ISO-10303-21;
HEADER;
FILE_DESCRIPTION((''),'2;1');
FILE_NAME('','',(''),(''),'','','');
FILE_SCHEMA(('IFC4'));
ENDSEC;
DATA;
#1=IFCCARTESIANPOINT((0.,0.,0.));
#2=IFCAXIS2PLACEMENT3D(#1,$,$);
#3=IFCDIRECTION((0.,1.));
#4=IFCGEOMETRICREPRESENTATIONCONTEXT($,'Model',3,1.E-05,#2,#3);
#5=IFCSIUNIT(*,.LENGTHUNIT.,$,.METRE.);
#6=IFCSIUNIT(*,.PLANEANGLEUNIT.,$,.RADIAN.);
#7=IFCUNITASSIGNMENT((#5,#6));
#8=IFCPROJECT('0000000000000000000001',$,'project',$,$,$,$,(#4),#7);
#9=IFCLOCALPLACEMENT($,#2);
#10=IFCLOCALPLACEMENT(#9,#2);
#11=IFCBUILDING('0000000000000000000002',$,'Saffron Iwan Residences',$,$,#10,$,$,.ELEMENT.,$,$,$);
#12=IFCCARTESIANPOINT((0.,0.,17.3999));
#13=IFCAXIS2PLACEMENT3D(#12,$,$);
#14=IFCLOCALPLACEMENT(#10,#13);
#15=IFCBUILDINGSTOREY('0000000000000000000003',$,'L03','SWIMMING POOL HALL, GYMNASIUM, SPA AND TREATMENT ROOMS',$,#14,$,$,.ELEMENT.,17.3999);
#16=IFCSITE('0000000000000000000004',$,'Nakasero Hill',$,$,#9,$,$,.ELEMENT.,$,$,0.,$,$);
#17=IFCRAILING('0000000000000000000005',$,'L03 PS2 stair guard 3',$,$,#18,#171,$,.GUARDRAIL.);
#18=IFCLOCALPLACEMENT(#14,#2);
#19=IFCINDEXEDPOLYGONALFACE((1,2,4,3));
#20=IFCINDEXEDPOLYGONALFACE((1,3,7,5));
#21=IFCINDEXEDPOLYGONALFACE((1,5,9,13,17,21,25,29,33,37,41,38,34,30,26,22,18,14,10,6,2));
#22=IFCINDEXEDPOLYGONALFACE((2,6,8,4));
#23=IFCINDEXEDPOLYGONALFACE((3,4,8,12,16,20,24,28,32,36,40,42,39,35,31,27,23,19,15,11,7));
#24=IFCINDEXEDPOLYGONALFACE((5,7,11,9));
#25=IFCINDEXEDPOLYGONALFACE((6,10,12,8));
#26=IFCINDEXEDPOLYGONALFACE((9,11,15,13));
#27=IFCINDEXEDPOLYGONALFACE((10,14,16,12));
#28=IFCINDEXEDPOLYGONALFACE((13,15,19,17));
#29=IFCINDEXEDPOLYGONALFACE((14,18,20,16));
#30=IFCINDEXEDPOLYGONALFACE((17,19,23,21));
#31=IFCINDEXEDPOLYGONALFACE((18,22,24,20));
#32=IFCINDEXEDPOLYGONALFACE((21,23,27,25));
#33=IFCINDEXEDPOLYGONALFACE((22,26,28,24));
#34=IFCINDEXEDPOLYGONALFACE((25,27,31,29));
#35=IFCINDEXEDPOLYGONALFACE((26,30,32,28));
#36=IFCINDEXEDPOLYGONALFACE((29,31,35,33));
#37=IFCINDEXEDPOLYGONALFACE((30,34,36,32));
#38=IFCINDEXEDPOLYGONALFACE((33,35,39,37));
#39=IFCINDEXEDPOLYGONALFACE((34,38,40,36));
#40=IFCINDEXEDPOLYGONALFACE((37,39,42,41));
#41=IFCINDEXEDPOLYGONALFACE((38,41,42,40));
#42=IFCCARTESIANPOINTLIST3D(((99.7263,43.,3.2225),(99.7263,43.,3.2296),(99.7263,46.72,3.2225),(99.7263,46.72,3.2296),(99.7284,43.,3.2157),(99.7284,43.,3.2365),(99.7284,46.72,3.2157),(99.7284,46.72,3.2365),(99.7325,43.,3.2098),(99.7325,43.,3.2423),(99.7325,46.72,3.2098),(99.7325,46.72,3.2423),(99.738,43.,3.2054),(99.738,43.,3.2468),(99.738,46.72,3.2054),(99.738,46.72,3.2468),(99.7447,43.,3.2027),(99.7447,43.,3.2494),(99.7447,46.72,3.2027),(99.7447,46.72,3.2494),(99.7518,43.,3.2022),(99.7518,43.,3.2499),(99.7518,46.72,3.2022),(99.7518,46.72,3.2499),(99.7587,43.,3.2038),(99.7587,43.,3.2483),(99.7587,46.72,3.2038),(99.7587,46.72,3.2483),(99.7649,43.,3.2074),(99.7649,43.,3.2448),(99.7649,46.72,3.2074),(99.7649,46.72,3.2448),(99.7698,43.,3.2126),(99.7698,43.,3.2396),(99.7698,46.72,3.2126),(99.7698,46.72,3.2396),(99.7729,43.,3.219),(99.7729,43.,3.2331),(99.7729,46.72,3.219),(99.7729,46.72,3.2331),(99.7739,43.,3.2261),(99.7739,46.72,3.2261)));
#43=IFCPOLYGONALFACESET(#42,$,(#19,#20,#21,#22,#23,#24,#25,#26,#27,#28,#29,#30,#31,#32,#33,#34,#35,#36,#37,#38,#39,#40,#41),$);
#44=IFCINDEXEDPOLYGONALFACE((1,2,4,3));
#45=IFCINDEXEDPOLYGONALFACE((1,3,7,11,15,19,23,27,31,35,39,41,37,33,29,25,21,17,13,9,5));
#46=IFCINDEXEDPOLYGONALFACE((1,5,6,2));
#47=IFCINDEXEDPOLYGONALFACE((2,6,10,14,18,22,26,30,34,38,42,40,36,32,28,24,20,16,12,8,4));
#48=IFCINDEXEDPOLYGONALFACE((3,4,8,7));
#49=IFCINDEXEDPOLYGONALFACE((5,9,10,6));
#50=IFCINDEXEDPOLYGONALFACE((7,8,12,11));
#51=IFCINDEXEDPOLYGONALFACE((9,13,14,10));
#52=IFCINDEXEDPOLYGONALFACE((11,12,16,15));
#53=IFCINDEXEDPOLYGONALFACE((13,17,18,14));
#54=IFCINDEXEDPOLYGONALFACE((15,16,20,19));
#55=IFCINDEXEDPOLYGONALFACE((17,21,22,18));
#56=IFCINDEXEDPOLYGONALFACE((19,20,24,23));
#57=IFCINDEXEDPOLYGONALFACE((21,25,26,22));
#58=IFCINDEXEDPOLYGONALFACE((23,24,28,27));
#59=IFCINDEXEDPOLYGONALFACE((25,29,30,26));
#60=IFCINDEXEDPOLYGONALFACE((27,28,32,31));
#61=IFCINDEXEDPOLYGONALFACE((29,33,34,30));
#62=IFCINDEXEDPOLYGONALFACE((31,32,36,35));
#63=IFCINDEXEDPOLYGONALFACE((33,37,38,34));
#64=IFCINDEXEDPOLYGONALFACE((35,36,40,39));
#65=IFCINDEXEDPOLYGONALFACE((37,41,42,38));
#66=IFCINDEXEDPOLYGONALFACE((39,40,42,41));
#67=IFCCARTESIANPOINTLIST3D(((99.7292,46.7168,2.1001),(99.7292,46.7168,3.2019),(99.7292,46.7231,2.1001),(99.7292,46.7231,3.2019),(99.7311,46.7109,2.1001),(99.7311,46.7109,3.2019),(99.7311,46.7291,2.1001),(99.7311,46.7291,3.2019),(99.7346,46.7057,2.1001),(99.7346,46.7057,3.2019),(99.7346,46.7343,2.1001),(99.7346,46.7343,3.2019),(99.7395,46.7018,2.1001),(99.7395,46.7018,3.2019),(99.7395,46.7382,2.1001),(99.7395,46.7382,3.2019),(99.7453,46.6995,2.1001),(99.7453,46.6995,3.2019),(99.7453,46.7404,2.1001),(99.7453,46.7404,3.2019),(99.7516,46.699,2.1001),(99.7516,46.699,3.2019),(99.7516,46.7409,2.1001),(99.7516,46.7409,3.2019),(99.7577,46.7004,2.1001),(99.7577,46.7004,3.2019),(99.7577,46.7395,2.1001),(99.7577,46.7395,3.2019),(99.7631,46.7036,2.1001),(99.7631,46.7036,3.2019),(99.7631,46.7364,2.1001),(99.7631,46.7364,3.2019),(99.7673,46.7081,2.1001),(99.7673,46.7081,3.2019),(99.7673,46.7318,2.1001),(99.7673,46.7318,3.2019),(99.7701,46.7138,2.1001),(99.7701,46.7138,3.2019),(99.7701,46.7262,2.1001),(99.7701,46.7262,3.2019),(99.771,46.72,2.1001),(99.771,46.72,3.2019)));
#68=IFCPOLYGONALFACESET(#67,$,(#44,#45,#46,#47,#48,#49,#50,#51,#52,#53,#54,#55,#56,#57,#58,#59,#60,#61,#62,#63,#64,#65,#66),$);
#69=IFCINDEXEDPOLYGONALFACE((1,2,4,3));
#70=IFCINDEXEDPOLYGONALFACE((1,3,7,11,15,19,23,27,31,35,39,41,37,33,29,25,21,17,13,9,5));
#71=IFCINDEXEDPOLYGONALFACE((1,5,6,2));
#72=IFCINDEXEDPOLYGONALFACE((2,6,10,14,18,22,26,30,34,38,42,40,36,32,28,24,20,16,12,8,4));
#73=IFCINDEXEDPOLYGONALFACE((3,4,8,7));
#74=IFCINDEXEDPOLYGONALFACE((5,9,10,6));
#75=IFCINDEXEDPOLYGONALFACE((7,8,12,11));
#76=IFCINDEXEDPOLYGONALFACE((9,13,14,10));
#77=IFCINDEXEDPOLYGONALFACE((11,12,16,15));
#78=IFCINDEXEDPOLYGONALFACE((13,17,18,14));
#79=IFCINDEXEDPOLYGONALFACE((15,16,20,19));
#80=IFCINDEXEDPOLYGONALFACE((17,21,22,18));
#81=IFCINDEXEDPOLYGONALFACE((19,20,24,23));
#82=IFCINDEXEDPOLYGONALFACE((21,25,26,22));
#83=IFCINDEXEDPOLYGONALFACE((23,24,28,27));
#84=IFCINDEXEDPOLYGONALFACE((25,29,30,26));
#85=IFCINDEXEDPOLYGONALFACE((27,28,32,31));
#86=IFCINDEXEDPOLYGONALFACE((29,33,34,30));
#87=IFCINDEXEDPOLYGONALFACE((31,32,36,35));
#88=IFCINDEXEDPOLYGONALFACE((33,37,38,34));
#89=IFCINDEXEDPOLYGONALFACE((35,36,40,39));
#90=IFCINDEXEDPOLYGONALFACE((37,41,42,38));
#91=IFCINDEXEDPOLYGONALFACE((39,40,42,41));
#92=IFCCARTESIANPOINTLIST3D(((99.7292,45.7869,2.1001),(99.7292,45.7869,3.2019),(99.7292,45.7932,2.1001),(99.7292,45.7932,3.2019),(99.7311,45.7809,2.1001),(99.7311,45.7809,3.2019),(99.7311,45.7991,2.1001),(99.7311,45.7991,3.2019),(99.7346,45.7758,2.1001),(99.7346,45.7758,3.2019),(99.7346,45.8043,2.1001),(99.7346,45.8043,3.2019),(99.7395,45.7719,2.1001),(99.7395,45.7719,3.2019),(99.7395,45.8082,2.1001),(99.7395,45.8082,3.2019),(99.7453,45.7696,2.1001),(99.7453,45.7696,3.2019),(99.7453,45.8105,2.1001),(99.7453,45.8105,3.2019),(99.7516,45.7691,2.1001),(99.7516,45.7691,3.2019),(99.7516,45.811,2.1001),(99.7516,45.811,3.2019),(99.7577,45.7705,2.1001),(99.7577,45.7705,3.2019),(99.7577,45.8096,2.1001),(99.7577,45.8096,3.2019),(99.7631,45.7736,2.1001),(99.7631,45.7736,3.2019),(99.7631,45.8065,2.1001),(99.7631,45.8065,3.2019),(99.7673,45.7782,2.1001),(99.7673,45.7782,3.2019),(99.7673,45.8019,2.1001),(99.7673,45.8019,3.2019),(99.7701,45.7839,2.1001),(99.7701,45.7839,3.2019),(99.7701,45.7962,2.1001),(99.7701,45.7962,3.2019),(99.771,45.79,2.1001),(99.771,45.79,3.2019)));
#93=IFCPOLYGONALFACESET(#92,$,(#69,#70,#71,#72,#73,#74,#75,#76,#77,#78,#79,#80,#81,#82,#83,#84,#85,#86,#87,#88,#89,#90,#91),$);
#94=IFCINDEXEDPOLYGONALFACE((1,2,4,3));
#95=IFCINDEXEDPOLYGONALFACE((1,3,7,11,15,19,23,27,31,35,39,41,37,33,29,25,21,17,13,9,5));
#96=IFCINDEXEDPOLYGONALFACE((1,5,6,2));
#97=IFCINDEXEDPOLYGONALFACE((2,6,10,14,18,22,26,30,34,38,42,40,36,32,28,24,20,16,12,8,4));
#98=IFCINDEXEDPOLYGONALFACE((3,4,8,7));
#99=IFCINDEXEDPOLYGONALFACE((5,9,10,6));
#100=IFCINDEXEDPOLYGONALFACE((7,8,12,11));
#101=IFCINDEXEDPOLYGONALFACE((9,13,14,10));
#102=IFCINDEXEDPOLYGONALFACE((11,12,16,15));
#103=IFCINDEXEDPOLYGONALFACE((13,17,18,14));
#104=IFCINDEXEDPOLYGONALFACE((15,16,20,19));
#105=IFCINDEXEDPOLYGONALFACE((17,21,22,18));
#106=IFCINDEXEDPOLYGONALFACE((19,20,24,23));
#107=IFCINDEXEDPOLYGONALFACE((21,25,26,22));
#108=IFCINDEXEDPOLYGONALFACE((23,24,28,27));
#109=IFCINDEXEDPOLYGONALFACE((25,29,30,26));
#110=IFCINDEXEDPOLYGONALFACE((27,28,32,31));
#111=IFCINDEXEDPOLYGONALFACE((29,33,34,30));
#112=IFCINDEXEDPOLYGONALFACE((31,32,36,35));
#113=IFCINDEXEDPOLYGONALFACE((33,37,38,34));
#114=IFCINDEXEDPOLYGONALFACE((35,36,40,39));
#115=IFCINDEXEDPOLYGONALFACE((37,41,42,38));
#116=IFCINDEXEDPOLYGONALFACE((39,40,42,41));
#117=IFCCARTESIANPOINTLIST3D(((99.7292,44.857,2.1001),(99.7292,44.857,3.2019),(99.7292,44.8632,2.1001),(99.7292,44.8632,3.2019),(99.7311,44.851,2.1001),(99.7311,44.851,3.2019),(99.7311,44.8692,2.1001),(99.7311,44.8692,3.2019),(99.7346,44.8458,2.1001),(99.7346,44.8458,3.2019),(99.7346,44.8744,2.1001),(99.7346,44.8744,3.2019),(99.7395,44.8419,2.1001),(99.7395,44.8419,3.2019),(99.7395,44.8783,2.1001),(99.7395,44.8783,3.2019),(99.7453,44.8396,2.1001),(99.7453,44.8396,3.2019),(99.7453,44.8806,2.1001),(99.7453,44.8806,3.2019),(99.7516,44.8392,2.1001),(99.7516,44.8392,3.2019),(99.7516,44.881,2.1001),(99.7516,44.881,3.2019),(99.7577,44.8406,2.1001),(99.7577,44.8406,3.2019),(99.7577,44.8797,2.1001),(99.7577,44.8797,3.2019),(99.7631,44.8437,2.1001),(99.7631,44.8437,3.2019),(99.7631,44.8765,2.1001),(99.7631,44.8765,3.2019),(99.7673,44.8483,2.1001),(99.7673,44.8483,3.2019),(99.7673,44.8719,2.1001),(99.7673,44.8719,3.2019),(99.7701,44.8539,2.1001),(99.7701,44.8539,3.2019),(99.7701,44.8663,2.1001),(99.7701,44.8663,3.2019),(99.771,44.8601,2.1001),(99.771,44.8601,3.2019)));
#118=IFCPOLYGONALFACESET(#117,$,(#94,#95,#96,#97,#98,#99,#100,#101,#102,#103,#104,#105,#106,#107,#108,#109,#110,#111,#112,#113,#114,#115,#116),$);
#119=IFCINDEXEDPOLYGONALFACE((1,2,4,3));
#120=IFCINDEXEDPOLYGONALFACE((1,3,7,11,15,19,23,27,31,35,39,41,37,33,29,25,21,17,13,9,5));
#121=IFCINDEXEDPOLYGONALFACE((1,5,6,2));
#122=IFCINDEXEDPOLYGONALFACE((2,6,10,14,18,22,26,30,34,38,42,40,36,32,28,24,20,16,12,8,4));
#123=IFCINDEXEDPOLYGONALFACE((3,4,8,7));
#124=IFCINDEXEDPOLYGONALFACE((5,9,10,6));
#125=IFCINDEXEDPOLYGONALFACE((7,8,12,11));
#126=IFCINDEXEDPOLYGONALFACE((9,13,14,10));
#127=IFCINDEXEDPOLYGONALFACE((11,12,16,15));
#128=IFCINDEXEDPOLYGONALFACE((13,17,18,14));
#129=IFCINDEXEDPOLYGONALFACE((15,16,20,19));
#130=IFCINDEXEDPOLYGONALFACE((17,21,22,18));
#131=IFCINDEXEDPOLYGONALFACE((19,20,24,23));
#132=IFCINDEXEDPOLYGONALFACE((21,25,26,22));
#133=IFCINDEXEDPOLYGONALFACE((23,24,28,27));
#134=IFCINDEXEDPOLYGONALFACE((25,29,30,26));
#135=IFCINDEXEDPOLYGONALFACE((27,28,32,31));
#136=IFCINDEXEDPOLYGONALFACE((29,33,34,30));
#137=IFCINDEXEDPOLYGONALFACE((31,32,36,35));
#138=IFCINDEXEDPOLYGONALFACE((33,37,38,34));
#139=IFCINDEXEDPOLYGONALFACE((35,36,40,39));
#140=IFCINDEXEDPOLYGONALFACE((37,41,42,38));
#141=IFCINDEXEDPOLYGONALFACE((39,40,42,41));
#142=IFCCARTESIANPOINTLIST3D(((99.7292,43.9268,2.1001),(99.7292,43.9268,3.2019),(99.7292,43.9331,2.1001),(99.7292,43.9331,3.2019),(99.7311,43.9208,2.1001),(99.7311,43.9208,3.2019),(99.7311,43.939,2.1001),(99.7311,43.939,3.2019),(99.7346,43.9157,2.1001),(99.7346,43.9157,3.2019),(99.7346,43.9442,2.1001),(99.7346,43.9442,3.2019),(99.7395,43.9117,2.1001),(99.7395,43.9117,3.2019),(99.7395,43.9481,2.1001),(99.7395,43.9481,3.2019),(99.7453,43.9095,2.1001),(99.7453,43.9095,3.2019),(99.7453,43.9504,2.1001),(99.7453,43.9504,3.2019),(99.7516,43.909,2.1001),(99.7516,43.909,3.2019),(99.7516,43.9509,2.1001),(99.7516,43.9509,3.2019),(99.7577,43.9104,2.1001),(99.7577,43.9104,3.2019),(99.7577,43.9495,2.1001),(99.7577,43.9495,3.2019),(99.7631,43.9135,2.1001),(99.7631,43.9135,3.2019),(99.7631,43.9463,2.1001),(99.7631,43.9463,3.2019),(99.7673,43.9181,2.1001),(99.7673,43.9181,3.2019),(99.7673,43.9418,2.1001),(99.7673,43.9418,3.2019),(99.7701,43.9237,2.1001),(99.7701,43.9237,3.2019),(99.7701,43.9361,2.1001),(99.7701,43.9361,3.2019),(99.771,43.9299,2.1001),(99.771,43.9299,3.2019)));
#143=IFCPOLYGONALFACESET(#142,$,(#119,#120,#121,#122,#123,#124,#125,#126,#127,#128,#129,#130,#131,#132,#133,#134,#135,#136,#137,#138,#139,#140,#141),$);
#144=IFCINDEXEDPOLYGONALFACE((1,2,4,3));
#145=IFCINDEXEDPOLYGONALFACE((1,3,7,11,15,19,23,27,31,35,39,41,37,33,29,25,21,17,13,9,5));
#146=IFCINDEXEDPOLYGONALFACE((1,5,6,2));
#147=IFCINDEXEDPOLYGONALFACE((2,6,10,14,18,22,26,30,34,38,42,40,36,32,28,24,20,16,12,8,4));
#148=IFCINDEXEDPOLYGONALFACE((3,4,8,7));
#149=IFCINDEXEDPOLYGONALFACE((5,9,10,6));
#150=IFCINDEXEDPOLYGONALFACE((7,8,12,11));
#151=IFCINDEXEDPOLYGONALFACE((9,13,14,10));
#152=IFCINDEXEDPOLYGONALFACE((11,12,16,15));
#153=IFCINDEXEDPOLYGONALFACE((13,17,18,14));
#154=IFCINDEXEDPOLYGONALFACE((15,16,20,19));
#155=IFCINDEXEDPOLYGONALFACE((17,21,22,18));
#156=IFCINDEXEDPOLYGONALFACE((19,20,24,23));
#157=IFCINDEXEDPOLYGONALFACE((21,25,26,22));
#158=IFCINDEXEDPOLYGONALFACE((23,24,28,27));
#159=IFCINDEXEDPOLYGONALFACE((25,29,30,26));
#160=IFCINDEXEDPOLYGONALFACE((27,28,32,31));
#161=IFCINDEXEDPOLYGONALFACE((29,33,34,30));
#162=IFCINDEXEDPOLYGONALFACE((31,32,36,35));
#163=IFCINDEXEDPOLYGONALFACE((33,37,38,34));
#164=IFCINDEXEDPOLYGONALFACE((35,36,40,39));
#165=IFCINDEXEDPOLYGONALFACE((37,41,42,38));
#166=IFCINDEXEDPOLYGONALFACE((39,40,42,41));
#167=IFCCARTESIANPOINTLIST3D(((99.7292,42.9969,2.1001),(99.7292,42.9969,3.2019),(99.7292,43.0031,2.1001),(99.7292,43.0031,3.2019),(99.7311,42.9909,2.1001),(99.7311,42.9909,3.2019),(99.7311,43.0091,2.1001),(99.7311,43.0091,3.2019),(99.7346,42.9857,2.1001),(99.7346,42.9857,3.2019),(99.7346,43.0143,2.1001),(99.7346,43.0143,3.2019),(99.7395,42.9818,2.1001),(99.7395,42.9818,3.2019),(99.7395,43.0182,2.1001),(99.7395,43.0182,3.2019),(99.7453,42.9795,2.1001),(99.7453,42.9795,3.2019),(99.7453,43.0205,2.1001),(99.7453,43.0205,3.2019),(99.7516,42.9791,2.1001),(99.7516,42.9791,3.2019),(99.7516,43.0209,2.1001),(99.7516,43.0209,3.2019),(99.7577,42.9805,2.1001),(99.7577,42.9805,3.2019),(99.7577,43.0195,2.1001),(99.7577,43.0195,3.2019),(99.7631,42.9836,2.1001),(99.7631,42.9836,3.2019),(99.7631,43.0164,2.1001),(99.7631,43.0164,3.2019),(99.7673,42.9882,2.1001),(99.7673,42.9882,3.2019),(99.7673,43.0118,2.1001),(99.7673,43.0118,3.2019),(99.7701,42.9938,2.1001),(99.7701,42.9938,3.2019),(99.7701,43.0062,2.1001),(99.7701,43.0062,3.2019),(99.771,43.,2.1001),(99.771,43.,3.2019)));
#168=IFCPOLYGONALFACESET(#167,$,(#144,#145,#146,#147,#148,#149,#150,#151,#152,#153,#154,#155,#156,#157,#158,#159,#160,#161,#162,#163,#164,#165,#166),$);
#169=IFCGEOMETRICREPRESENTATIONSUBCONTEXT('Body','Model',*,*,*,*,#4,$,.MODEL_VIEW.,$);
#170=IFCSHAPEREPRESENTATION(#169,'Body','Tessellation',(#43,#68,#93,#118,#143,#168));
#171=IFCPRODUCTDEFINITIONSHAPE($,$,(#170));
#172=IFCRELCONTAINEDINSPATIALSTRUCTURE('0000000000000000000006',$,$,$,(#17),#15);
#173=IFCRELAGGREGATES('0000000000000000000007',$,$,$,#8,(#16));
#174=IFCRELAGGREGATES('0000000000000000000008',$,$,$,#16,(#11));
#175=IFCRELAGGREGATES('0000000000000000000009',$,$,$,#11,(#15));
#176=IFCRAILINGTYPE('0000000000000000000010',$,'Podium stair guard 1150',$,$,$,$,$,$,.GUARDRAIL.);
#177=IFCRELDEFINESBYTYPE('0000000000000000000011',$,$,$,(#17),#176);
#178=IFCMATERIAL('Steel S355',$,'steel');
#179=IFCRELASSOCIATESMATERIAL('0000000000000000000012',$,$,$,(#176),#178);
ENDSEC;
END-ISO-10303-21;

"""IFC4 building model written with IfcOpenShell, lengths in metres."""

from ifc_helpers import new_model, si_unit, direction, frame, origin, origin_2d, place, context, subcontext, project, spatial, circle, extrude, material, type_object, element, save


model = new_model("IFC4")

# Units and contexts
model_context = context("Model", 3, precision=1e-05, world=origin(), true_north=direction((0.0, 1.0)))
body_context = subcontext(model_context, "Body", "Model", "MODEL_VIEW")
ifc_project = project(units=[si_unit("LENGTHUNIT", "METRE"), si_unit("PLANEANGLEUNIT", "RADIAN")], contexts=[model_context])

# Site, building, storey
site_placement = place(None, origin())
site = spatial("IfcSite", under=ifc_project, at=site_placement, Name="Nakasero Hill", CompositionType="ELEMENT", RefElevation=0.0)
building_placement = place(site_placement, origin())
building = spatial("IfcBuilding", under=site, at=building_placement, Name="Saffron Iwan Residences", CompositionType="ELEMENT")
storey_placement = place(building_placement, frame((0.0, 0.0, 17.3999)))
storey = spatial("IfcBuildingStorey", under=building, at=storey_placement, Name="L03", Description="SWIMMING POOL HALL, GYMNASIUM, SPA AND TREATMENT ROOMS", CompositionType="ELEMENT", Elevation=17.3999)

# Railing
ifc_material_1 = material(Name="Steel S355", Category="steel")
railing_type_1 = type_object("IfcRailingType", Name="Podium stair guard 1150", PredefinedType="GUARDRAIL", material=ifc_material_1)
railing_1_placement = place(storey_placement, frame((99.75, 46.72, 2.1001)))
element("IfcRailing", 1, at=railing_1_placement, inside=storey, type_object=railing_type_1, Name="L03 PS2 stair guard 3", PredefinedType="GUARDRAIL", context=body_context, shape_type="SweptSolid", body=[
    extrude(circle(Radius=0.0239, at=origin_2d()), frame((0.0, 0.0, 1.126), z_axis=(0.0, -1.0, 0.0), x_axis=(1.0, 0.0, 0.0)), (0.0, 0.0, 1.0), 3.72),
    extrude(circle(Radius=0.021, at=origin_2d()), origin(), (0.0, 0.0, 1.0), 1.1018),
    extrude(circle(Radius=0.021, at=origin_2d()), frame((0.0, -0.9299, 0.0)), (0.0, 0.0, 1.0), 1.1018),
    extrude(circle(Radius=0.021, at=origin_2d()), frame((0.0, -1.8599, 0.0)), (0.0, 0.0, 1.0), 1.1018),
    extrude(circle(Radius=0.021, at=origin_2d()), frame((0.0, -2.79, 0.0)), (0.0, 0.0, 1.0), 1.1018),
    extrude(circle(Radius=0.021, at=origin_2d()), frame((0.0, -3.72, 0.0)), (0.0, 0.0, 1.0), 1.1018),
])

save(model, "model.ifc")
